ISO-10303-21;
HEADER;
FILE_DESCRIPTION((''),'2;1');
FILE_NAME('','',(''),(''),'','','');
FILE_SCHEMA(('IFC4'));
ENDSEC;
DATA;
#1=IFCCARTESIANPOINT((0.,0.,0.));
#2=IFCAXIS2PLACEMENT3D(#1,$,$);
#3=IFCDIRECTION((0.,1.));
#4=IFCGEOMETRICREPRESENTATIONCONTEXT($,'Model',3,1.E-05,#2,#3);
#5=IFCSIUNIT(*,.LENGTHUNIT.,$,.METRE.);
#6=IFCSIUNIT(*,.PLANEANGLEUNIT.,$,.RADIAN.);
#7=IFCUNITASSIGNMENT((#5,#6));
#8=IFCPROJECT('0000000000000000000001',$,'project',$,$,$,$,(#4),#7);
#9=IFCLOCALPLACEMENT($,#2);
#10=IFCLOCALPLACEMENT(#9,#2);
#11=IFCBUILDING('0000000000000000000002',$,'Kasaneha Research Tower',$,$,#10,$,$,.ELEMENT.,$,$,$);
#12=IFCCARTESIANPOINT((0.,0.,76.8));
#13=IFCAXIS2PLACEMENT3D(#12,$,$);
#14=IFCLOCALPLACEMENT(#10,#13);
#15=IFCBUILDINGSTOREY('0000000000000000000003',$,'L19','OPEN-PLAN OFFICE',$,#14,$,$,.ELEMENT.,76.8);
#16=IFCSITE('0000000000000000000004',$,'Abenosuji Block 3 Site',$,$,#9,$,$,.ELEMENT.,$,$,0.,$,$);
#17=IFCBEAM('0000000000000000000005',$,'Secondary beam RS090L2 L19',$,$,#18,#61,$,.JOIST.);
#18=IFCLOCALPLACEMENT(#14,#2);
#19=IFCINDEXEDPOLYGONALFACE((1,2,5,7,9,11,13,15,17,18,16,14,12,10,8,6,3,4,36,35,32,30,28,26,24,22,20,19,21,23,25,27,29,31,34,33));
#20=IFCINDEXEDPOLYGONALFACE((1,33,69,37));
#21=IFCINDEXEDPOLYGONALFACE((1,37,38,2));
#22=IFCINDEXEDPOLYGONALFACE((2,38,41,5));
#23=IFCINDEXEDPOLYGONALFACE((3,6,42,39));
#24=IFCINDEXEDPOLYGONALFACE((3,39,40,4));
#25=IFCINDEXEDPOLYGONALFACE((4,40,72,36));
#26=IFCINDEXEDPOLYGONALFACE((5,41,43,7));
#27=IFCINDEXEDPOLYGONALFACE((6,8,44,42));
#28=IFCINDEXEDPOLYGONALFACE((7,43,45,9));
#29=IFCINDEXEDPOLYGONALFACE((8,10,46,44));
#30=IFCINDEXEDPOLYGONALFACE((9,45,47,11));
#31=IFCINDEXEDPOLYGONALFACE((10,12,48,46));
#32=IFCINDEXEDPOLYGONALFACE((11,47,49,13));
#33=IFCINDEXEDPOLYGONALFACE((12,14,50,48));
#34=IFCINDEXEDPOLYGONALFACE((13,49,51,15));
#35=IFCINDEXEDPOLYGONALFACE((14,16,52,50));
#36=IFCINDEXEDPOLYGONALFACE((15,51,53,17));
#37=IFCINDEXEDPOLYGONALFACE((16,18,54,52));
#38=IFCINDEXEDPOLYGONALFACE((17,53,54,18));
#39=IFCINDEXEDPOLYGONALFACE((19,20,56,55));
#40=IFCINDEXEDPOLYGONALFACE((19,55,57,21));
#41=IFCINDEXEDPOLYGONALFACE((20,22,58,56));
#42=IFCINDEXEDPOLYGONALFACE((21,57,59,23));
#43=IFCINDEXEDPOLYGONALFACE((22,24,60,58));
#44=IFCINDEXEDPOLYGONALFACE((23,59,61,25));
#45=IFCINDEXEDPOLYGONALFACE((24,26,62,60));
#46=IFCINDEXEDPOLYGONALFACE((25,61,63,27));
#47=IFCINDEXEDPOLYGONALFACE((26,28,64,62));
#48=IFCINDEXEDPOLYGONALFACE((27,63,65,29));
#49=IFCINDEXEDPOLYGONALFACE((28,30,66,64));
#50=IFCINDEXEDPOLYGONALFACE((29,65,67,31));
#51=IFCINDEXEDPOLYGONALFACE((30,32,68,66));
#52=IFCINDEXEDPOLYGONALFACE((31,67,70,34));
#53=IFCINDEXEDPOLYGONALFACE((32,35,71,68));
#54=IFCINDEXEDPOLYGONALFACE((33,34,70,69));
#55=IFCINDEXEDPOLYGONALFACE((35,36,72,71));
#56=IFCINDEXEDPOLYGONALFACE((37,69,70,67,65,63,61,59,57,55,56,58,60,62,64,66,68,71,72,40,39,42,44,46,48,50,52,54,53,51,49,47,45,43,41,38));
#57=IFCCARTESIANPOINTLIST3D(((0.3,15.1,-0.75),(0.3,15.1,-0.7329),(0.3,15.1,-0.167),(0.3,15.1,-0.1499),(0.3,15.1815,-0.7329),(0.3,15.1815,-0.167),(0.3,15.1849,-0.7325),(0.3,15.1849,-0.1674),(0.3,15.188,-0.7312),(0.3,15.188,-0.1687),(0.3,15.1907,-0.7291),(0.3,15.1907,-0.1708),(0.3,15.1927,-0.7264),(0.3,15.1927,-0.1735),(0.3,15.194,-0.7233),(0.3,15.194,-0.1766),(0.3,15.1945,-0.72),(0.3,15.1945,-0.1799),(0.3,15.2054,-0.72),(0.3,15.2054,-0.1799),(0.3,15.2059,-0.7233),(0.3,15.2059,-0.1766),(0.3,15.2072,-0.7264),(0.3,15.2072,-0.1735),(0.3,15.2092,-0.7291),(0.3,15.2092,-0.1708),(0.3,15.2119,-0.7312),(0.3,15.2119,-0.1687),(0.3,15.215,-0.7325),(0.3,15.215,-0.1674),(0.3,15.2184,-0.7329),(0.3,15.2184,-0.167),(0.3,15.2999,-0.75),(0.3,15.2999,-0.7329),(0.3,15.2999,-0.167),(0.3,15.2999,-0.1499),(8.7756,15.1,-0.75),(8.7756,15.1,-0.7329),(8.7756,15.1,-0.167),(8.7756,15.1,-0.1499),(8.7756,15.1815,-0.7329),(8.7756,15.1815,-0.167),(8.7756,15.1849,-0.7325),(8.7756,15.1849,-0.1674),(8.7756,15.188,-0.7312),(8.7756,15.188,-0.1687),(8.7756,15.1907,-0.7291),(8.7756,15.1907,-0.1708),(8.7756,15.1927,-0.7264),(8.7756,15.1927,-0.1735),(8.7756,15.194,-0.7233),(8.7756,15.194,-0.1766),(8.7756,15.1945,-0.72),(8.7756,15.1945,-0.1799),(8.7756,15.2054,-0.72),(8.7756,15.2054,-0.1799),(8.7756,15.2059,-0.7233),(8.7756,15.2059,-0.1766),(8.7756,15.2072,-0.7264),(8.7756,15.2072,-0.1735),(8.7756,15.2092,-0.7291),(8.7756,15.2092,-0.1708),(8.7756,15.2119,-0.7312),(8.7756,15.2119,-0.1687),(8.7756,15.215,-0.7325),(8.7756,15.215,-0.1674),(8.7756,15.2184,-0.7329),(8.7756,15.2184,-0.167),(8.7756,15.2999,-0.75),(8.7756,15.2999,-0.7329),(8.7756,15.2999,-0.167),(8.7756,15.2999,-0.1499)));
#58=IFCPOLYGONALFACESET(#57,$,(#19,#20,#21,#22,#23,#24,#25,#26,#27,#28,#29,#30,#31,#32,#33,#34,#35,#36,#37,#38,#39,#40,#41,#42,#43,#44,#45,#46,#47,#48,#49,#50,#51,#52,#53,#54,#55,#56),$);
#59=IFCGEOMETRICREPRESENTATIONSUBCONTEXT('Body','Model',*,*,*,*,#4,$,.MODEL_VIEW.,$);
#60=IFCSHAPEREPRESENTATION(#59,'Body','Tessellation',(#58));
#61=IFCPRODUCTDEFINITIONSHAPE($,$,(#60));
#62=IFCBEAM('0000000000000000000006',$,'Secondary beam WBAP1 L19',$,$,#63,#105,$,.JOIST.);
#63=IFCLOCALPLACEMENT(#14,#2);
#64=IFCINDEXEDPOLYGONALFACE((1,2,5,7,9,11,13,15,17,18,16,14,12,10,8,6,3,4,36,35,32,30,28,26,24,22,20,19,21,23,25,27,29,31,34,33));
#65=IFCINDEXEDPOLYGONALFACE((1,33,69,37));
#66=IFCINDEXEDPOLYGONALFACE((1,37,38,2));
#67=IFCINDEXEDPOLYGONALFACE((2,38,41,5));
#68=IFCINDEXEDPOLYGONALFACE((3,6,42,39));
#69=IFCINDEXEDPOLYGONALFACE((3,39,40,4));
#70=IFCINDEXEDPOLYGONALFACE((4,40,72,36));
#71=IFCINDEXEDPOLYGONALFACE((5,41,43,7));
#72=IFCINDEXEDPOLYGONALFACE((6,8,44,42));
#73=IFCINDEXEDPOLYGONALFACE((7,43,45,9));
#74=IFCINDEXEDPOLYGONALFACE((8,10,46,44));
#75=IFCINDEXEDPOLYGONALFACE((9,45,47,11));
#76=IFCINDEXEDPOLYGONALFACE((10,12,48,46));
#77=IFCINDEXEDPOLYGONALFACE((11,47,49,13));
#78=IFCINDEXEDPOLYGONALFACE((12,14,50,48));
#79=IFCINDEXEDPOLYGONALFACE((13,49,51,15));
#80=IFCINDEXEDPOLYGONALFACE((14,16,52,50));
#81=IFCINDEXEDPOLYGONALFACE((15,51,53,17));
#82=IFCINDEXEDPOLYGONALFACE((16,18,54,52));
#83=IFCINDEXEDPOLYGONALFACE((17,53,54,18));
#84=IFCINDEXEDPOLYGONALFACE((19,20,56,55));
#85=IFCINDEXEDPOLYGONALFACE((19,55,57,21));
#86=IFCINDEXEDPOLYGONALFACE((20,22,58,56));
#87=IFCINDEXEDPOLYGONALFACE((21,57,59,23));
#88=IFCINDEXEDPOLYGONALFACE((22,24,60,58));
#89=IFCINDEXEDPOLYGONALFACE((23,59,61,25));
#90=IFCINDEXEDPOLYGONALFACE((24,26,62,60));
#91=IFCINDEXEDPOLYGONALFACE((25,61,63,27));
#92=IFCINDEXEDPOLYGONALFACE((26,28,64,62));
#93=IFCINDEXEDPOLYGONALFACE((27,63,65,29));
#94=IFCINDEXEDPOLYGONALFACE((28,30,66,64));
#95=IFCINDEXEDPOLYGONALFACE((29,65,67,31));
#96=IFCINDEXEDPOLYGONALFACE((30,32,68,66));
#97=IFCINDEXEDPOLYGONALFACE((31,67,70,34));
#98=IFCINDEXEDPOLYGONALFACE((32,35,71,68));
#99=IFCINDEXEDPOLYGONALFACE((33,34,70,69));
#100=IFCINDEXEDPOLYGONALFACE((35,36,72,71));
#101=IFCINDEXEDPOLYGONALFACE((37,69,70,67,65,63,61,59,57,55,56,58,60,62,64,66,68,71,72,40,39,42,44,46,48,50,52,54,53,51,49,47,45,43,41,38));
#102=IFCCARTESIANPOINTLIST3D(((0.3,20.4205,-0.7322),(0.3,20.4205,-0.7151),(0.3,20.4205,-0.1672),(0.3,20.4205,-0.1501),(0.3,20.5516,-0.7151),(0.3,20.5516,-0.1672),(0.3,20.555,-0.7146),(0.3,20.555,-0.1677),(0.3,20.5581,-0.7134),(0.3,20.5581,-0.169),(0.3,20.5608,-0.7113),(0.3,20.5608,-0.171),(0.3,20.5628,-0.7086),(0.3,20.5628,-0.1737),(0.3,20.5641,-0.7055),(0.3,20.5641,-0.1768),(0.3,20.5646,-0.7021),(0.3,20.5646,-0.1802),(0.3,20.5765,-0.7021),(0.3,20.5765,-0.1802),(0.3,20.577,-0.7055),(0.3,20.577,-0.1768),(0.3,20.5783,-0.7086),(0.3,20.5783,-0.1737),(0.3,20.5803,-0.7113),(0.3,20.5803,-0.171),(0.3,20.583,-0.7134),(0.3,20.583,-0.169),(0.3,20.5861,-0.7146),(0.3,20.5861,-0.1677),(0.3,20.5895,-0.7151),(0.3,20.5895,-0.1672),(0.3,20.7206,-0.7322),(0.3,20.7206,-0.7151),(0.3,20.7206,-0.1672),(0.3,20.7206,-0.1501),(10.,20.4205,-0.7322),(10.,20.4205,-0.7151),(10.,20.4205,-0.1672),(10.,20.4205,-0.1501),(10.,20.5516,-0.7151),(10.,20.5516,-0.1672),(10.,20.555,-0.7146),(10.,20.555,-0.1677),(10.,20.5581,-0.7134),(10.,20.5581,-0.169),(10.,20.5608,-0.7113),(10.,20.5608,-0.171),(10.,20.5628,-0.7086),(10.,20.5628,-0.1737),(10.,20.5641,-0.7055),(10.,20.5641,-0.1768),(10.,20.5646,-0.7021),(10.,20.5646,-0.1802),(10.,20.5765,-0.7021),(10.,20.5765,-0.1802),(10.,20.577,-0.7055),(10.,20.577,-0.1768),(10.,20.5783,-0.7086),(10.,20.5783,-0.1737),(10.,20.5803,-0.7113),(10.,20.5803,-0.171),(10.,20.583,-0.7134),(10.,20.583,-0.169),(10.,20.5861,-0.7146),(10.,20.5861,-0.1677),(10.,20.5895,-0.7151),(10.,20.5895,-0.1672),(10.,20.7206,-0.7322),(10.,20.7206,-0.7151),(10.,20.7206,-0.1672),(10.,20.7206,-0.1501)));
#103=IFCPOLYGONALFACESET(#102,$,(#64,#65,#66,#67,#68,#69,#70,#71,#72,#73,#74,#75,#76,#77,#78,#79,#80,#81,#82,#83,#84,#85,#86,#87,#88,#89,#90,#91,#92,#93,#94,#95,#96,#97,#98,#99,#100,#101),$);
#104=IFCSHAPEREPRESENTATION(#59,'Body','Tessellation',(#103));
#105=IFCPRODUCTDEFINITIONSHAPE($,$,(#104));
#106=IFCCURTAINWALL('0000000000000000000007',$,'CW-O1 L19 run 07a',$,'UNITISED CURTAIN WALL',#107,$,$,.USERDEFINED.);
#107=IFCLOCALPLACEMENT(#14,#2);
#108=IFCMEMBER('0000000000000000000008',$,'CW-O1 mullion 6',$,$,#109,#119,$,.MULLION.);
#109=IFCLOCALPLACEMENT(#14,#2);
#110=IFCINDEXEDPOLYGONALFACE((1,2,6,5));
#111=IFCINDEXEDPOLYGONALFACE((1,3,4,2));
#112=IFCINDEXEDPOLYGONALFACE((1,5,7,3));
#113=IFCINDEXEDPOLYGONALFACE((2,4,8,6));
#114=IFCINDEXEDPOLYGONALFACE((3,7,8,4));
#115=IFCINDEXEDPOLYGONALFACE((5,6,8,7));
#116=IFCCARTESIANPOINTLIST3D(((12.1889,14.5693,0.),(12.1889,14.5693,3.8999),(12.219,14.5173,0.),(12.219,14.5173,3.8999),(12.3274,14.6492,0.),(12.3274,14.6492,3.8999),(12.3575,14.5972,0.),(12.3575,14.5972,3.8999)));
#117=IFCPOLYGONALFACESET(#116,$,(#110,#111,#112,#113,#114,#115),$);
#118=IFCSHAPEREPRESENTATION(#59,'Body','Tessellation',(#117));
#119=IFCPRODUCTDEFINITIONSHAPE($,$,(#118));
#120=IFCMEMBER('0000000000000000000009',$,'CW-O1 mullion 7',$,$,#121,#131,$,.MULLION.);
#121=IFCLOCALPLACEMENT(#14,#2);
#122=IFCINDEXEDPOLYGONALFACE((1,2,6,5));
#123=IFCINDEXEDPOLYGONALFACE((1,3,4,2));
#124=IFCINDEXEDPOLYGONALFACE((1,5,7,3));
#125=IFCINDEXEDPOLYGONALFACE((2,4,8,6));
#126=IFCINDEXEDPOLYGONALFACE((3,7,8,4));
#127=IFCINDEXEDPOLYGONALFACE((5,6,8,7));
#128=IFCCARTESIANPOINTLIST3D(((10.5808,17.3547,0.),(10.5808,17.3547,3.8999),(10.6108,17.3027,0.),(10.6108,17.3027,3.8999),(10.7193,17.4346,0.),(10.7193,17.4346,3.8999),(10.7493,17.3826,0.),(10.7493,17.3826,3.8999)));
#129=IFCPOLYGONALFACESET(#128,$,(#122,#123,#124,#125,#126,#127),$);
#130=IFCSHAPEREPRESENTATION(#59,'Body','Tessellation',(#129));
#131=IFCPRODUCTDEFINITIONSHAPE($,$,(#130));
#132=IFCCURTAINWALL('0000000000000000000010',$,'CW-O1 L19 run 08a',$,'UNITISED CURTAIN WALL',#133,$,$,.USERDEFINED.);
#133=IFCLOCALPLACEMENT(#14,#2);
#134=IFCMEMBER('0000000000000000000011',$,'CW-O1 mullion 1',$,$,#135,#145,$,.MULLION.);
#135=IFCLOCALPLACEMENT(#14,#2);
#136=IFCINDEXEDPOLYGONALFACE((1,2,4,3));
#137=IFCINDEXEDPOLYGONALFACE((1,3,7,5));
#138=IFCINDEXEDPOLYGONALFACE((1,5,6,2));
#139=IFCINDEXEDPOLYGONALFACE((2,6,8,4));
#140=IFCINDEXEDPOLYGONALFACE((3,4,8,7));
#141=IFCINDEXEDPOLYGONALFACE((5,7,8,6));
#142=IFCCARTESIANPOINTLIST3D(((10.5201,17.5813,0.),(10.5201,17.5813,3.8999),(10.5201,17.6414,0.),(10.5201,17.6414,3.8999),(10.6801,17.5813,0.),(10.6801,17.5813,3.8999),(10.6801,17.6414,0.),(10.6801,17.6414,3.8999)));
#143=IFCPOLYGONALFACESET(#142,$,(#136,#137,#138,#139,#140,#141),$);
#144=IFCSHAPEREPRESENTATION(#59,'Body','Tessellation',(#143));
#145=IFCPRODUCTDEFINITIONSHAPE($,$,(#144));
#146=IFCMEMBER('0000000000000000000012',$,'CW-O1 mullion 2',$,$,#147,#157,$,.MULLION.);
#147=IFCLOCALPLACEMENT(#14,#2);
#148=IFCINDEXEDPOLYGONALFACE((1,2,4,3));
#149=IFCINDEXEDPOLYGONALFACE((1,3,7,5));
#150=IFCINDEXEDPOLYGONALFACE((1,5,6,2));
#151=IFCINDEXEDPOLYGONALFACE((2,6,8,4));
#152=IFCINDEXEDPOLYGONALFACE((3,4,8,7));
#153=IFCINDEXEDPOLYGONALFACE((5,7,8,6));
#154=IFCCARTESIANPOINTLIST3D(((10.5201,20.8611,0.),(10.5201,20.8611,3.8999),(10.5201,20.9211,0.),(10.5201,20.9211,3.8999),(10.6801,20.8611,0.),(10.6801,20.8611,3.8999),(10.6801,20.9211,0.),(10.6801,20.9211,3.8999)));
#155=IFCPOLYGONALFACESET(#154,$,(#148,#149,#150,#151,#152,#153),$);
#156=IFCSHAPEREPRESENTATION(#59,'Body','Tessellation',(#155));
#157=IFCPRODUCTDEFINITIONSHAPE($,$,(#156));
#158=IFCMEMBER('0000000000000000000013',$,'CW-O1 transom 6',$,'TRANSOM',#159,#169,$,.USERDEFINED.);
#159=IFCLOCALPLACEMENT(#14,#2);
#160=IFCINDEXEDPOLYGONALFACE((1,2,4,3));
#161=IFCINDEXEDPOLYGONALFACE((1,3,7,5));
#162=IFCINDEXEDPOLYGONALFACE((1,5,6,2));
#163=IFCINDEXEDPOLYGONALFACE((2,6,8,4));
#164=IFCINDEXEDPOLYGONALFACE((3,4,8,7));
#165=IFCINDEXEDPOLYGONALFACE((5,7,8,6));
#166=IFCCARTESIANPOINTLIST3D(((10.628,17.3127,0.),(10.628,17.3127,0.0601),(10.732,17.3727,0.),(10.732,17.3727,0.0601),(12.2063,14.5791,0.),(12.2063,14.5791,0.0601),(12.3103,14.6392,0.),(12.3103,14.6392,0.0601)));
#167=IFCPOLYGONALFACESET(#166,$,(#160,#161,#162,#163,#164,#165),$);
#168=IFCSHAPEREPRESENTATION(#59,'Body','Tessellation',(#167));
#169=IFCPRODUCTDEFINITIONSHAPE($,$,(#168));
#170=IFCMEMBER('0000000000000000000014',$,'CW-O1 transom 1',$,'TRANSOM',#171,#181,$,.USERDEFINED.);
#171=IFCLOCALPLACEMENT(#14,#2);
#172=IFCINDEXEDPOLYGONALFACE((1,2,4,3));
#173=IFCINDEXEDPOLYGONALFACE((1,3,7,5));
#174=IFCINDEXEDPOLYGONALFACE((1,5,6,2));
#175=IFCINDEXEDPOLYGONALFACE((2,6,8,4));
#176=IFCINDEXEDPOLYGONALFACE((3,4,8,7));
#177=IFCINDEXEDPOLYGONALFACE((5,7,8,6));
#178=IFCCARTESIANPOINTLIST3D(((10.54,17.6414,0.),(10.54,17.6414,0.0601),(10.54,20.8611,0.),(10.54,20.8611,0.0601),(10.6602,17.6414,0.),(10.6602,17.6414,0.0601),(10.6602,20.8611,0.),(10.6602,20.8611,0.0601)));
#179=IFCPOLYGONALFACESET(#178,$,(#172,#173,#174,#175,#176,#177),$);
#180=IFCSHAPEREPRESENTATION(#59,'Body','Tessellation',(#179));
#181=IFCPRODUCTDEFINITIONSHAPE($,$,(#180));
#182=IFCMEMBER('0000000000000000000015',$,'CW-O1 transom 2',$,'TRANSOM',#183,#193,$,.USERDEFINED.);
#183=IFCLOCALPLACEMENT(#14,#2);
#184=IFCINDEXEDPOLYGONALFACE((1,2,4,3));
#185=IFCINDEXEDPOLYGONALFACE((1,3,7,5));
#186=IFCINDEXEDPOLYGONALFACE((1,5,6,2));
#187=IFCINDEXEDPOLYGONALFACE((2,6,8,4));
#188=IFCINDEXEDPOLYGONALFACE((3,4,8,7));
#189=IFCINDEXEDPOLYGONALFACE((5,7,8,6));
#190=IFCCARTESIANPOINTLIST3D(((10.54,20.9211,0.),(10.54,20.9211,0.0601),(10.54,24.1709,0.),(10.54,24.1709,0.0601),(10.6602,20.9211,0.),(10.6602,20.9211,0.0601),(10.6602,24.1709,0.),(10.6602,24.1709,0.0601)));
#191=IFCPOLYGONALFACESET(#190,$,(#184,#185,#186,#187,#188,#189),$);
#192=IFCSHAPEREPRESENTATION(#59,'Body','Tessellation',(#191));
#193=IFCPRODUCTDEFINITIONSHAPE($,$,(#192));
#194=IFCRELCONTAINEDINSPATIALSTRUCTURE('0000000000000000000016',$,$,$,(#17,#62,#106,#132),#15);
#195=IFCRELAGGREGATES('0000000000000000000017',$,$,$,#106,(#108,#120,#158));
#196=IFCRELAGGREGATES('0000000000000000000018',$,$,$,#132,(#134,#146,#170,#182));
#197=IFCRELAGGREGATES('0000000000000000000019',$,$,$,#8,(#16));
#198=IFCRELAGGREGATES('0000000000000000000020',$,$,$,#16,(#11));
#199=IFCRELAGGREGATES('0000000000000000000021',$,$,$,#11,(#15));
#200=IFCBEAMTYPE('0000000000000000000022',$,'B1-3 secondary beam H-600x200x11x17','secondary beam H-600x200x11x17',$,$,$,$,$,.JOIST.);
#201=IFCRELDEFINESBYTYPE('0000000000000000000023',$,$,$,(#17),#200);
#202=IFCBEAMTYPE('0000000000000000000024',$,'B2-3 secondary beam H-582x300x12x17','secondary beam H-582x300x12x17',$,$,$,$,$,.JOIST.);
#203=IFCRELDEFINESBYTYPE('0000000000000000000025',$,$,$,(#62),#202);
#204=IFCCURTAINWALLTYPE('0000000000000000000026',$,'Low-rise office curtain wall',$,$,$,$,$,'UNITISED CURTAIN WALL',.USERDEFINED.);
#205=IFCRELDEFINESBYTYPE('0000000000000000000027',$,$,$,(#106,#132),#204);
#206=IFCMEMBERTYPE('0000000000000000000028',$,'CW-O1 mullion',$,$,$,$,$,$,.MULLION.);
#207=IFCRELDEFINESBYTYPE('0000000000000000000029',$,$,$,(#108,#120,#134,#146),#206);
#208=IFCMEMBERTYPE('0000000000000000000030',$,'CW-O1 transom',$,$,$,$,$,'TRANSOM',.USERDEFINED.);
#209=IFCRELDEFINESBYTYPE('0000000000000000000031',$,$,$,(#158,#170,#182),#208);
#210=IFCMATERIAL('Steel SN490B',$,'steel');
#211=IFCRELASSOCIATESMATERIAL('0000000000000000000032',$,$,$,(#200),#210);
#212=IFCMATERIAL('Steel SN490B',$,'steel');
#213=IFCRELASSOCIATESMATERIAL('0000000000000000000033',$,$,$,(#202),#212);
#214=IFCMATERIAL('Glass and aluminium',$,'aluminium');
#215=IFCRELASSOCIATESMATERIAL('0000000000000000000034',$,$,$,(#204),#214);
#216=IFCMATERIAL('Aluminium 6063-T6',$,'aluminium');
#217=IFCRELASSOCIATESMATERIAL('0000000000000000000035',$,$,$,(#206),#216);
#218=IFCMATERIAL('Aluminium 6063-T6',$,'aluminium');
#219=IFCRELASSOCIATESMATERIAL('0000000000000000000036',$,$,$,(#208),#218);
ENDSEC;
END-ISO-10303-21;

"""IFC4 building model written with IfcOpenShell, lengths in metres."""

from ifc_helpers import new_model, si_unit, direction, frame, origin, origin_2d, place, context, subcontext, project, spatial, rectangle, i_section, extrude, material, material_profile, profile_set, type_object, element, aggregate, save


model = new_model("IFC4")

# Units and contexts
model_context = context("Model", 3, precision=1e-05, world=origin(), true_north=direction((0.0, 1.0)))
body_context = subcontext(model_context, "Body", "Model", "MODEL_VIEW")
ifc_project = project(units=[si_unit("LENGTHUNIT", "METRE"), si_unit("PLANEANGLEUNIT", "RADIAN")], contexts=[model_context])

# Site, building, storey
site_placement = place(None, origin())
site = spatial("IfcSite", under=ifc_project, at=site_placement, Name="Abenosuji Block 3 Site", CompositionType="ELEMENT", RefElevation=0.0)
building_placement = place(site_placement, origin())
building = spatial("IfcBuilding", under=site, at=building_placement, Name="Kasaneha Research Tower", CompositionType="ELEMENT")
storey_placement = place(building_placement, frame((0.0, 0.0, 76.8)))
storey = spatial("IfcBuildingStorey", under=building, at=storey_placement, Name="L19", Description="OPEN-PLAN OFFICE", CompositionType="ELEMENT", Elevation=76.8)

# Beams
ifc_material_1 = material(Name="Steel SN490B", Category="steel")
ifc_material_profile_1 = material_profile(ifc_material_1, i_section(OverallWidth=0.2, OverallDepth=0.6001, WebThickness=0.011, FlangeThickness=0.0171, FilletRadius=0.0129, at=origin_2d()), Name="H-600x200x11x17")
ifc_profile_set_1 = profile_set([ifc_material_profile_1], Name="Steel SN490B")
beam_type_1 = type_object("IfcBeamType", Name="B1-3 secondary beam H-600x200x11x17", Description="secondary beam H-600x200x11x17", PredefinedType="JOIST", material=ifc_profile_set_1)
beam_1_placement = place(storey_placement, frame((8.7756, 15.2, -0.45), z_axis=(-1.0, 0.0, 0.0), x_axis=(0.0, -1.0, 0.0)))
element("IfcBeam", 1, at=beam_1_placement, inside=storey, type_object=beam_type_1, Name="Secondary beam RS090L2 L19", PredefinedType="JOIST", context=body_context, shape_type="SweptSolid", body=[
    extrude(i_section(OverallWidth=0.2, OverallDepth=0.6001, WebThickness=0.011, FlangeThickness=0.0171, FilletRadius=0.0129, at=origin_2d()), origin(), (0.0, 0.0, 1.0), 8.4756),
])
ifc_material_2 = material(Name="Steel SN490B", Category="steel")
ifc_material_profile_2 = material_profile(ifc_material_2, i_section(OverallWidth=0.3, OverallDepth=0.582, WebThickness=0.012, FlangeThickness=0.0171, FilletRadius=0.0129, at=origin_2d()), Name="H-582x300x12x17")
ifc_profile_set_2 = profile_set([ifc_material_profile_2], Name="Steel SN490B")
beam_type_2 = type_object("IfcBeamType", Name="B2-3 secondary beam H-582x300x12x17", Description="secondary beam H-582x300x12x17", PredefinedType="JOIST", material=ifc_profile_set_2)
beam_2_placement = place(storey_placement, frame((10.0, 20.5706, -0.4412), z_axis=(-1.0, 0.0, 0.0), x_axis=(0.0, -1.0, 0.0)))
element("IfcBeam", 2, at=beam_2_placement, inside=storey, type_object=beam_type_2, Name="Secondary beam WBAP1 L19", PredefinedType="JOIST", context=body_context, shape_type="SweptSolid", body=[
    extrude(i_section(OverallWidth=0.3, OverallDepth=0.582, WebThickness=0.012, FlangeThickness=0.0171, FilletRadius=0.0129, at=origin_2d()), origin(), (0.0, 0.0, 1.0), 9.7),
])

# Curtain walls, members
ifc_material_3 = material(Name="Glass and aluminium", Category="aluminium")
curtain_wall_type = type_object("IfcCurtainWallType", Name="Low-rise office curtain wall", ElementType="UNITISED CURTAIN WALL", PredefinedType="USERDEFINED", material=ifc_material_3)
curtain_wall_1_placement = place(storey_placement, origin())
curtain_wall_1 = element("IfcCurtainWall", 3, at=curtain_wall_1_placement, inside=storey, type_object=curtain_wall_type, Name="CW-O1 L19 run 07a", ObjectType="UNITISED CURTAIN WALL", PredefinedType="USERDEFINED")
ifc_material_4 = material(Name="Aluminium 6063-T6", Category="aluminium")
ifc_material_profile_3 = material_profile(ifc_material_4, rectangle(XDim=0.0601, YDim=0.1599, at=origin_2d()), Name="CW-O1 mullion 60x160")
ifc_profile_set_3 = profile_set([ifc_material_profile_3], Name="Aluminium 6063-T6")
member_type_1 = type_object("IfcMemberType", Name="CW-O1 mullion", PredefinedType="MULLION", material=ifc_profile_set_3)
member_1_placement = place(storey_placement, frame((12.2732, 14.5833, 0.0), z_axis=(0.0, 0.0, 1.0), x_axis=(-0.5, 0.866025, 0.0)))
member_1 = element("IfcMember", 4, at=member_1_placement, type_object=member_type_1, Name="CW-O1 mullion 6", PredefinedType="MULLION", context=body_context, shape_type="SweptSolid", body=[
    extrude(rectangle(XDim=0.0601, YDim=0.1599, at=origin_2d()), origin(), (0.0, 0.0, 1.0), 3.8999),
])
member_2_placement = place(storey_placement, frame((10.665, 17.3687, 0.0), z_axis=(0.0, 0.0, 1.0), x_axis=(-0.5, 0.866025, 0.0)))
member_2 = element("IfcMember", 5, at=member_2_placement, type_object=member_type_1, Name="CW-O1 mullion 7", PredefinedType="MULLION", context=body_context, shape_type="SweptSolid", body=[
    extrude(rectangle(XDim=0.0601, YDim=0.1599, at=origin_2d()), origin(), (0.0, 0.0, 1.0), 3.8999),
])
curtain_wall_2_placement = place(storey_placement, origin())
curtain_wall_2 = element("IfcCurtainWall", 6, at=curtain_wall_2_placement, inside=storey, type_object=curtain_wall_type, Name="CW-O1 L19 run 08a", ObjectType="UNITISED CURTAIN WALL", PredefinedType="USERDEFINED")
member_3_placement = place(storey_placement, frame((10.6001, 17.6113, 0.0), z_axis=(0.0, 0.0, 1.0), x_axis=(0.0, 1.0, 0.0)))
member_3 = element("IfcMember", 7, at=member_3_placement, type_object=member_type_1, Name="CW-O1 mullion 1", PredefinedType="MULLION", context=body_context, shape_type="SweptSolid", body=[
    extrude(rectangle(XDim=0.0601, YDim=0.1599, at=origin_2d()), origin(), (0.0, 0.0, 1.0), 3.8999),
])
member_4_placement = place(storey_placement, frame((10.6001, 20.8911, 0.0), z_axis=(0.0, 0.0, 1.0), x_axis=(0.0, 1.0, 0.0)))
member_4 = element("IfcMember", 8, at=member_4_placement, type_object=member_type_1, Name="CW-O1 mullion 2", PredefinedType="MULLION", context=body_context, shape_type="SweptSolid", body=[
    extrude(rectangle(XDim=0.0601, YDim=0.1599, at=origin_2d()), origin(), (0.0, 0.0, 1.0), 3.8999),
])

# Members
ifc_material_5 = material(Name="Aluminium 6063-T6", Category="aluminium")
ifc_material_profile_4 = material_profile(ifc_material_5, rectangle(XDim=0.1201, YDim=0.0601, at=origin_2d()), Name="CW-O1 transom 120x60")
ifc_profile_set_4 = profile_set([ifc_material_profile_4], Name="Aluminium 6063-T6")
member_type_2 = type_object("IfcMemberType", Name="CW-O1 transom", ElementType="TRANSOM", PredefinedType="USERDEFINED", material=ifc_profile_set_4)
member_5_placement = place(storey_placement, frame((12.2583, 14.6091, 0.03), z_axis=(-0.500024, 0.866012, 0.0), x_axis=(-0.866012, -0.500024, 0.0)))
member_5 = element("IfcMember", 9, at=member_5_placement, type_object=member_type_2, Name="CW-O1 transom 6", ObjectType="TRANSOM", PredefinedType="USERDEFINED", context=body_context, shape_type="SweptSolid", body=[
    extrude(rectangle(XDim=0.1201, YDim=0.0601, at=origin_2d()), origin(), (0.0, 0.0, 1.0), 3.1565),
])
member_6_placement = place(storey_placement, frame((10.6001, 17.6414, 0.03), z_axis=(0.0, 1.0, 0.0), x_axis=(-1.0, 0.0, 0.0)))
member_6 = element("IfcMember", 10, at=member_6_placement, type_object=member_type_2, Name="CW-O1 transom 1", ObjectType="TRANSOM", PredefinedType="USERDEFINED", context=body_context, shape_type="SweptSolid", body=[
    extrude(rectangle(XDim=0.1201, YDim=0.0601, at=origin_2d()), origin(), (0.0, 0.0, 1.0), 3.2197),
])
member_7_placement = place(storey_placement, frame((10.6001, 20.9211, 0.03), z_axis=(0.0, 1.0, 0.0), x_axis=(-1.0, 0.0, 0.0)))
member_7 = element("IfcMember", 11, at=member_7_placement, type_object=member_type_2, Name="CW-O1 transom 2", ObjectType="TRANSOM", PredefinedType="USERDEFINED", context=body_context, shape_type="SweptSolid", body=[
    extrude(rectangle(XDim=0.1201, YDim=0.0601, at=origin_2d()), origin(), (0.0, 0.0, 1.0), 3.2498),
])

aggregate(curtain_wall_1, [member_1, member_2, member_5])
aggregate(curtain_wall_2, [member_3, member_4, member_6, member_7])

save(model, "model.ifc")
